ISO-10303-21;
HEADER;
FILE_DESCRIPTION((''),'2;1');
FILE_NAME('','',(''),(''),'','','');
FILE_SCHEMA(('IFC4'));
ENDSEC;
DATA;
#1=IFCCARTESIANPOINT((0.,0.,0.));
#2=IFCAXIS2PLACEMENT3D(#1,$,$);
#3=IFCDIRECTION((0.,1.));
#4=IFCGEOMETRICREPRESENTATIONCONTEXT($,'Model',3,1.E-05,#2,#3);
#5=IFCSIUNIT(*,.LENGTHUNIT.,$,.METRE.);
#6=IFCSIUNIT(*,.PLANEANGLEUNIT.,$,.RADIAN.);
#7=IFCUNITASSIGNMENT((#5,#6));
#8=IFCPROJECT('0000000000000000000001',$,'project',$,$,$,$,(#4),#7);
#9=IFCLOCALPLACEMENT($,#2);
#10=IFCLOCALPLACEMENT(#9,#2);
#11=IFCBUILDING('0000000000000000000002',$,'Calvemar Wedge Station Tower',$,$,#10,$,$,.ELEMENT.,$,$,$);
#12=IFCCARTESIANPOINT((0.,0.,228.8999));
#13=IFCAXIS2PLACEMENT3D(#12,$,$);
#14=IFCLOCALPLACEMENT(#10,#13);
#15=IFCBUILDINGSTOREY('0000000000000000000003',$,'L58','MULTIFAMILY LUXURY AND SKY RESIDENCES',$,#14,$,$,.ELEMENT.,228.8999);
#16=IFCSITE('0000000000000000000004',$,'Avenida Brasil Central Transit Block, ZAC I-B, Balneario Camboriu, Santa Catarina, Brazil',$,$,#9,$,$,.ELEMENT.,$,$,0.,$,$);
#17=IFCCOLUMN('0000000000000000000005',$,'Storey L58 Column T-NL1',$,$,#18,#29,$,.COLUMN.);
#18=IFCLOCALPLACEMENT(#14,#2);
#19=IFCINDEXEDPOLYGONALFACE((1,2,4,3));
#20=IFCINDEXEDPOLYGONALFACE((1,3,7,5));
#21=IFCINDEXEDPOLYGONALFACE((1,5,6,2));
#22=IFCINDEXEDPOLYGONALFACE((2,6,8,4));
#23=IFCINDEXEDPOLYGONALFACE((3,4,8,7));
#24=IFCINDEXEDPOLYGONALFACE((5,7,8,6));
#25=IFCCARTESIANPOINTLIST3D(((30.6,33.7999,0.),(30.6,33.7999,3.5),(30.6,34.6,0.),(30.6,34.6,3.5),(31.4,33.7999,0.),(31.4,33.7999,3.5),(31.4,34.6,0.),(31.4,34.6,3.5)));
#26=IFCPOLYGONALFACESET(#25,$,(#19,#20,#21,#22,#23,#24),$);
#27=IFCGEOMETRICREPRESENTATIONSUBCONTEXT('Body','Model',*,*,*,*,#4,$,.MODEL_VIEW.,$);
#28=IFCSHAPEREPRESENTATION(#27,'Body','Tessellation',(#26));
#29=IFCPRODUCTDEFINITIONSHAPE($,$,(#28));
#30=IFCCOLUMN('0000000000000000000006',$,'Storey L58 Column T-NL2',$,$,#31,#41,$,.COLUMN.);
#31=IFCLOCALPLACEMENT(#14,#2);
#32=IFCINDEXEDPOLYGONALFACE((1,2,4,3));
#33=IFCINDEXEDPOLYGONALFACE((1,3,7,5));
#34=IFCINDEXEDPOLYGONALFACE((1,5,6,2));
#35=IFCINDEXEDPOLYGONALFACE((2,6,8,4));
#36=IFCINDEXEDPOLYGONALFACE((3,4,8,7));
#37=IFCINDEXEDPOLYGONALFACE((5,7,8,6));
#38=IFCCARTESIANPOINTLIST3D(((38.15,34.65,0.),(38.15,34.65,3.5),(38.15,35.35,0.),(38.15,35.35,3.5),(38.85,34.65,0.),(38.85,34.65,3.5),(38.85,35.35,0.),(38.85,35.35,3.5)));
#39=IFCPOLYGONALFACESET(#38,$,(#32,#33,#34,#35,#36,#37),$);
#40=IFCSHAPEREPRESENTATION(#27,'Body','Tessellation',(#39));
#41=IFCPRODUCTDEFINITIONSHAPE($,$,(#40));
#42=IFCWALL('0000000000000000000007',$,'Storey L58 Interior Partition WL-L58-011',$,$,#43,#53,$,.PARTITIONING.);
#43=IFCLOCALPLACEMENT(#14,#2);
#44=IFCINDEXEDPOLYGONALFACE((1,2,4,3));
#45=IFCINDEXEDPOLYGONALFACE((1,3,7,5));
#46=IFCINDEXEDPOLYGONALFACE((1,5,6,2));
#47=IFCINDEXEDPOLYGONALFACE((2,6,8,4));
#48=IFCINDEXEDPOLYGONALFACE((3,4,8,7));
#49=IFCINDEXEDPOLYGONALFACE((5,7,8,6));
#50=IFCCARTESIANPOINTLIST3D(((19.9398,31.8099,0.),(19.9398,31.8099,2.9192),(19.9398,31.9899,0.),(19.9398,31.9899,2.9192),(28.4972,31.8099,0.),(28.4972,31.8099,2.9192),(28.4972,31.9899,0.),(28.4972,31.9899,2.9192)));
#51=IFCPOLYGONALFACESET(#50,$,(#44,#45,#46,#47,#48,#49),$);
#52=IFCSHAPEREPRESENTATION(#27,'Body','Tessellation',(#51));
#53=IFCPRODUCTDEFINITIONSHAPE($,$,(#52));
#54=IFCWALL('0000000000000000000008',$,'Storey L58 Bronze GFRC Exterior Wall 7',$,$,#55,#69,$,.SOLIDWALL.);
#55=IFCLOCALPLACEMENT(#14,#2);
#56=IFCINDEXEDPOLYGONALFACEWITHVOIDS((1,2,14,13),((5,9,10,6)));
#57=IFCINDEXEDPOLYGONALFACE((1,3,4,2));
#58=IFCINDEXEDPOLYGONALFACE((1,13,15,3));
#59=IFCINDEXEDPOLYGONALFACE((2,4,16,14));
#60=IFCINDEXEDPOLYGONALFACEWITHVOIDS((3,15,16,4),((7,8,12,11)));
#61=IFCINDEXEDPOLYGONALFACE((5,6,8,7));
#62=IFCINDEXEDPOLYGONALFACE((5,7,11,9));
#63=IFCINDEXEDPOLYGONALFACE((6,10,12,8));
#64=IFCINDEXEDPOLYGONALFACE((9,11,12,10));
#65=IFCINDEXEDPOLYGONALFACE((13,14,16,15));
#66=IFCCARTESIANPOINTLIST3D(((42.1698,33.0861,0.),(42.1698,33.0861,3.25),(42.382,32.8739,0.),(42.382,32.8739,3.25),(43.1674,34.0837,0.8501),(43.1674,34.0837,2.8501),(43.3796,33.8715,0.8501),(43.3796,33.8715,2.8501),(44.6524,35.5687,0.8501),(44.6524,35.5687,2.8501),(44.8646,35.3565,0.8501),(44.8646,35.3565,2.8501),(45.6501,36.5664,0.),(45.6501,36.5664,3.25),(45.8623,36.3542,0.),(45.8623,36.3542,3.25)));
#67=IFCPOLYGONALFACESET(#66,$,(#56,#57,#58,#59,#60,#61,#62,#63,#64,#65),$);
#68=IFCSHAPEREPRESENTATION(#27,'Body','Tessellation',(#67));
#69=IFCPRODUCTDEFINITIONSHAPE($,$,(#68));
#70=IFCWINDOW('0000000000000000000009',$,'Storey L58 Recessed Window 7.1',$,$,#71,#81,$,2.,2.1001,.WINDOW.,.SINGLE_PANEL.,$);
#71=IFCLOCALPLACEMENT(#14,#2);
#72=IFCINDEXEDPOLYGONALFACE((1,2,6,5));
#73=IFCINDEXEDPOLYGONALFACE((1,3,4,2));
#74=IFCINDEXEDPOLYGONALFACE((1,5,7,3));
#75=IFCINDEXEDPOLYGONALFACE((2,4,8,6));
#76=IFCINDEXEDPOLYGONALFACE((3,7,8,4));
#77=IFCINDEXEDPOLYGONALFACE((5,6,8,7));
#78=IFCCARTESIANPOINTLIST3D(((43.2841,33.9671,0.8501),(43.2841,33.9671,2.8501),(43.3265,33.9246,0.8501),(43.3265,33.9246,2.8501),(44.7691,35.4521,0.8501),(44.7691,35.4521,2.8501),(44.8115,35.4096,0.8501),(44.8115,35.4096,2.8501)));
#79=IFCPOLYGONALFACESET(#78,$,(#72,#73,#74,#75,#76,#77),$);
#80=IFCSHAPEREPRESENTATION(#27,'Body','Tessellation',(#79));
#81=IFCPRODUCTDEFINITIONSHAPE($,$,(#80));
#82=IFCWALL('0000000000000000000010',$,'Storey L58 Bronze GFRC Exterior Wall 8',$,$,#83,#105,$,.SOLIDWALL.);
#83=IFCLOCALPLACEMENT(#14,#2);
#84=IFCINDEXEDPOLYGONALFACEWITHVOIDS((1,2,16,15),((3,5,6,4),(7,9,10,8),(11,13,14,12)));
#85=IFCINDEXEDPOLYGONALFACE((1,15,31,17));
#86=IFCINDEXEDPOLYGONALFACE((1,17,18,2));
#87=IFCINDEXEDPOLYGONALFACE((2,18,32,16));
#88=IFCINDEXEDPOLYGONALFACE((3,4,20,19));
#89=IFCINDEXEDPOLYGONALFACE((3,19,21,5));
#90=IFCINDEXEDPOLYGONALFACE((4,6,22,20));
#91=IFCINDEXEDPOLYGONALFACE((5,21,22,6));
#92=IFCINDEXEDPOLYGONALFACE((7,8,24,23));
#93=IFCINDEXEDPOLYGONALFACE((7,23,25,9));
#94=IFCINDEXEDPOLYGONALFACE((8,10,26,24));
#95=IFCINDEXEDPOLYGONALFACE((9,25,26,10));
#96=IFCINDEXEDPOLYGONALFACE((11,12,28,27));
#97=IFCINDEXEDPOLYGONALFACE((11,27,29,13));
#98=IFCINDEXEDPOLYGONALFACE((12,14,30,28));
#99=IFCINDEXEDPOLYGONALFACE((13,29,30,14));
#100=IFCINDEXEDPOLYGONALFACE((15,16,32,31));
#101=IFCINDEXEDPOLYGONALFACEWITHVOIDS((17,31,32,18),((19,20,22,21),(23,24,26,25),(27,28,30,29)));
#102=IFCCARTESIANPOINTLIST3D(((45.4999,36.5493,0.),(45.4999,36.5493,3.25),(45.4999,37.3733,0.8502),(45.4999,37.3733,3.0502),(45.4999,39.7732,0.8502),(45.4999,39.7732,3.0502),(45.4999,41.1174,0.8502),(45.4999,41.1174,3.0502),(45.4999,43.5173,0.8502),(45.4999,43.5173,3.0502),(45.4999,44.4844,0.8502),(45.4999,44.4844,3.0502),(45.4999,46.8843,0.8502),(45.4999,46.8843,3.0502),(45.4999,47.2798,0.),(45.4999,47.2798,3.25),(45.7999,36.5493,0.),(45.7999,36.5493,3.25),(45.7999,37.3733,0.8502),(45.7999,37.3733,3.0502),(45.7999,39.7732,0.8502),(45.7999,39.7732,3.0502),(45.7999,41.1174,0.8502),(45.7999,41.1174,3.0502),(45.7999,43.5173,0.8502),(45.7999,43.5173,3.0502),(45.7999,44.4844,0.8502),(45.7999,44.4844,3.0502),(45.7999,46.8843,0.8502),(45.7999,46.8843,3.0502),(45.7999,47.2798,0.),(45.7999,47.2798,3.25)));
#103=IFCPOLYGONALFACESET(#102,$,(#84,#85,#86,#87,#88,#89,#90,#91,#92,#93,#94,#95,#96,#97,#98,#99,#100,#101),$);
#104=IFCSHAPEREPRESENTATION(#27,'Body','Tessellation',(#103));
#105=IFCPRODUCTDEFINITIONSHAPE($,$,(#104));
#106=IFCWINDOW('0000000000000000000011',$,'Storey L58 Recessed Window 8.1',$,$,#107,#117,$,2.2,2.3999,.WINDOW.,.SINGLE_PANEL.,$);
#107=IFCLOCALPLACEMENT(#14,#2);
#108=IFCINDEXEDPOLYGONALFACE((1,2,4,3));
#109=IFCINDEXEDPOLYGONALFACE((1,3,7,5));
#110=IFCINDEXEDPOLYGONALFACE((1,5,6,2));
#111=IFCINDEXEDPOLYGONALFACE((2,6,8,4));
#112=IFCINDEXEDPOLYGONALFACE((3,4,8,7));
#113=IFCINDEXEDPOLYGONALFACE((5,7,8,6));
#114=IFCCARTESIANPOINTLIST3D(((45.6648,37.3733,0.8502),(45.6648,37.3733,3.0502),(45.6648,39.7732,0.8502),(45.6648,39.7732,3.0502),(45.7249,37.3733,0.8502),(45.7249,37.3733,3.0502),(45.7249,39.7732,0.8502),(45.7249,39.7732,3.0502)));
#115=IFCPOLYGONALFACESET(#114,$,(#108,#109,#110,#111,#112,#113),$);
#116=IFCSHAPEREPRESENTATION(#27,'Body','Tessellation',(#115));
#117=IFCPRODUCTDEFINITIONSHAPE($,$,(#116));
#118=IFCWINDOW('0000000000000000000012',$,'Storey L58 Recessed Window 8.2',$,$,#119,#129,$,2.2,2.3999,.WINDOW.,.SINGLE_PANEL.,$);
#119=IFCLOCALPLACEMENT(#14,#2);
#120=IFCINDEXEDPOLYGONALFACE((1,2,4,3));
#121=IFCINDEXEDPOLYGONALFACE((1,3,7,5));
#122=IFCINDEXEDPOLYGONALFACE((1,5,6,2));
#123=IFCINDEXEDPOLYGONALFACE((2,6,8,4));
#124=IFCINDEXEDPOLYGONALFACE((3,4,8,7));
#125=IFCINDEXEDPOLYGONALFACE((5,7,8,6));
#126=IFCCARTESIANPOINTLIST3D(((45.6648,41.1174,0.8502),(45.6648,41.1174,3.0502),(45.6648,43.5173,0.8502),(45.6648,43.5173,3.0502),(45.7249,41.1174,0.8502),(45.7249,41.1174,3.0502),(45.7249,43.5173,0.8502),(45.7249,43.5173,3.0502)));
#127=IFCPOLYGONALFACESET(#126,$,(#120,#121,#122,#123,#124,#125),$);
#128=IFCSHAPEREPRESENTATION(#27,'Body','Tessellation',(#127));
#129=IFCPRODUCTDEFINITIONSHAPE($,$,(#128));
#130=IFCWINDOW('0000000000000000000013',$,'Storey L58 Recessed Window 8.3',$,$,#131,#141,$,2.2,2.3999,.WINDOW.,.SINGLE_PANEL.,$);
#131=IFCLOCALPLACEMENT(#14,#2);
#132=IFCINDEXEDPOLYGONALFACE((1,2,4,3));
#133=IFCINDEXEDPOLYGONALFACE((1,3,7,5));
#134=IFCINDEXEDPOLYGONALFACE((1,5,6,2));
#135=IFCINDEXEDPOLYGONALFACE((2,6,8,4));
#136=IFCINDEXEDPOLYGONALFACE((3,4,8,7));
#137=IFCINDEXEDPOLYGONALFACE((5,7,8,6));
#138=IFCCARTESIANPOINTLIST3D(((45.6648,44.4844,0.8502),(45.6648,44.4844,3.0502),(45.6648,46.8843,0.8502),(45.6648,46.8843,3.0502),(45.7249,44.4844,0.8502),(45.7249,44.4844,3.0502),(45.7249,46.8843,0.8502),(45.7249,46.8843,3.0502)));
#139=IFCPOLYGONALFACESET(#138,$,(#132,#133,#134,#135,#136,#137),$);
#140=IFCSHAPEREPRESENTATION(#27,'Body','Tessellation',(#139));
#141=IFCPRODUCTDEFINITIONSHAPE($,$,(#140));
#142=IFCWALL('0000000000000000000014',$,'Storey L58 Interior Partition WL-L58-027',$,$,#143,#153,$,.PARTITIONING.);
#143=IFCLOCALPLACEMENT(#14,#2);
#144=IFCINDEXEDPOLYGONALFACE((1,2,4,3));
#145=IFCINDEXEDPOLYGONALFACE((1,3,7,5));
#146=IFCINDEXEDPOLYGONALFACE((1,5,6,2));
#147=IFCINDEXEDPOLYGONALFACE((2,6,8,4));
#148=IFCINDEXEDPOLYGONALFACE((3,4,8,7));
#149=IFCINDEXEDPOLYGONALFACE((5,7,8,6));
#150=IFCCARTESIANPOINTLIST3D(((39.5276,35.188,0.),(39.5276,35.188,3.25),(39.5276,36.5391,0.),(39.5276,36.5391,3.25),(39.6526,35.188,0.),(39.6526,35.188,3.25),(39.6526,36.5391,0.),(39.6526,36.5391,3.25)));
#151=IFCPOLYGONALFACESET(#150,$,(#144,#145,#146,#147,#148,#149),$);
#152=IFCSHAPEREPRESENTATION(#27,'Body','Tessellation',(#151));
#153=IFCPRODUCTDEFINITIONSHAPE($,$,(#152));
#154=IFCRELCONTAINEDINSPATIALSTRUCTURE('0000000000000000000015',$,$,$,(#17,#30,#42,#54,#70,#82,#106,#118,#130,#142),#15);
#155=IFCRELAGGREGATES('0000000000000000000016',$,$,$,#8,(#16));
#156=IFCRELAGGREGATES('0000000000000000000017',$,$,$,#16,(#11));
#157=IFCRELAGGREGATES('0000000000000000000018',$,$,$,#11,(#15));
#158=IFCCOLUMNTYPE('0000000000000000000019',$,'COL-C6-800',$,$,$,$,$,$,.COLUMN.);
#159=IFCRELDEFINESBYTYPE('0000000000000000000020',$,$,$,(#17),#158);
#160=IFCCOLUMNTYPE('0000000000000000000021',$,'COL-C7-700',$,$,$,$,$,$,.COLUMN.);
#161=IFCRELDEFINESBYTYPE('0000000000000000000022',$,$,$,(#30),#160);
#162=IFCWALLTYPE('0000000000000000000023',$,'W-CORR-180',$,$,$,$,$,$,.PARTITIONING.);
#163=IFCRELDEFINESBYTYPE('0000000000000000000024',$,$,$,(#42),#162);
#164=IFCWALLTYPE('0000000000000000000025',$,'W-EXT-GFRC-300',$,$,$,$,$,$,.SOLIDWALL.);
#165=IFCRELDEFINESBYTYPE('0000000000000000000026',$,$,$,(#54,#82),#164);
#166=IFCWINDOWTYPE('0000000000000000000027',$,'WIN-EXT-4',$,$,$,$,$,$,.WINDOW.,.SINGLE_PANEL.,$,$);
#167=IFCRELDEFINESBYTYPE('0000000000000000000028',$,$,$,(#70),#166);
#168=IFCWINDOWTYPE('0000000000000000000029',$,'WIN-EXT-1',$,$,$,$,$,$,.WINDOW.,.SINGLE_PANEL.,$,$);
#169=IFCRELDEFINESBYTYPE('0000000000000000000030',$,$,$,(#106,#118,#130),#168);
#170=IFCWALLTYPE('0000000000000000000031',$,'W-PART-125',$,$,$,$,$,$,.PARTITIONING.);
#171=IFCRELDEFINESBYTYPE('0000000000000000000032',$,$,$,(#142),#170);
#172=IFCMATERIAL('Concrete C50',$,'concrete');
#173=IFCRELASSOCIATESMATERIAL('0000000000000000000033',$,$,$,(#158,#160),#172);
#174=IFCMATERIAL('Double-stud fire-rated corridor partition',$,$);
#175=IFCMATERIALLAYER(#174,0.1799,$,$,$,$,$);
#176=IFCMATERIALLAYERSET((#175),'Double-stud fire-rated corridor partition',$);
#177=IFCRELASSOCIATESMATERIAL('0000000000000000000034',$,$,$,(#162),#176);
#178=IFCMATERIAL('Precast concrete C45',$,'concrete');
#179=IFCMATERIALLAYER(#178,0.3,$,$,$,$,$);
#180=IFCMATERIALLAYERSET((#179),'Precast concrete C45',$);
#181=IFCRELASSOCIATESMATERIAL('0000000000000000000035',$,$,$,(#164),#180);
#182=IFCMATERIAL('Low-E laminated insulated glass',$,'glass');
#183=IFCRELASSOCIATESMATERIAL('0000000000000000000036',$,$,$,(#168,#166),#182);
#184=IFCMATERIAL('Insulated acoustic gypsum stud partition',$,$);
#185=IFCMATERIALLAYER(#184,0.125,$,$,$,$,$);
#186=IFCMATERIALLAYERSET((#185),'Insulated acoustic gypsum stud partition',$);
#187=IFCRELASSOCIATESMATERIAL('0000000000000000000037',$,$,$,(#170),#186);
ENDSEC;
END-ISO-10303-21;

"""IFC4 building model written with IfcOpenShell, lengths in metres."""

from ifc_helpers import new_model, si_unit, direction, frame, frame_2d, origin, origin_2d, place, context, subcontext, project, spatial, rectangle, extrude, source, transform, mapped, material, layer, layer_set, material_profile, profile_set, type_object, element, fill, save


model = new_model("IFC4")

# Units and contexts
model_context = context("Model", 3, precision=1e-05, world=origin(), true_north=direction((0.0, 1.0)))
body_context = subcontext(model_context, "Body", "Model", "MODEL_VIEW")
ifc_project = project(units=[si_unit("LENGTHUNIT", "METRE"), si_unit("PLANEANGLEUNIT", "RADIAN")], contexts=[model_context])

# Site, building, storey
site_placement = place(None, origin())
site = spatial("IfcSite", under=ifc_project, at=site_placement, Name="Avenida Brasil Central Transit Block, ZAC I-B, Balneario Camboriu, Santa Catarina, Brazil", CompositionType="ELEMENT", RefElevation=0.0)
building_placement = place(site_placement, origin())
building = spatial("IfcBuilding", under=site, at=building_placement, Name="Calvemar Wedge Station Tower", CompositionType="ELEMENT")
storey_placement = place(building_placement, frame((0.0, 0.0, 228.8999)))
storey = spatial("IfcBuildingStorey", under=building, at=storey_placement, Name="L58", Description="MULTIFAMILY LUXURY AND SKY RESIDENCES", CompositionType="ELEMENT", Elevation=228.8999)

# Columns
ifc_material_1 = material(Name="Concrete C50", Category="concrete")
ifc_material_profile_1 = material_profile(ifc_material_1, rectangle(XDim=0.8, YDim=0.8, at=origin_2d()), Name="RC800x800")
ifc_profile_set_1 = profile_set([ifc_material_profile_1], Name="Concrete C50")
column_type_1 = type_object("IfcColumnType", Name="COL-C6-800", PredefinedType="COLUMN", material=ifc_profile_set_1)
shared_shape_1 = source(origin(), body_context, "Body", "SweptSolid", [
    extrude(rectangle(XDim=0.8, YDim=0.8, at=origin_2d()), origin(), (0.0, 0.0, 1.0), 3.5),
])
column_1_placement = place(storey_placement, frame((31.0, 34.2, 0.0), z_axis=(0.0, 0.0, 1.0), x_axis=(1.0, 0.0, 0.0)))
element("IfcColumn", 1, at=column_1_placement, inside=storey, type_object=column_type_1, Name="Storey L58 Column T-NL1", PredefinedType="COLUMN", context=body_context, shape_type="MappedRepresentation", body=[
    mapped(shared_shape_1, transform((0.0, 0.0, 0.0), scale=1.0)),
])
ifc_material_profile_2 = material_profile(ifc_material_1, rectangle(XDim=0.7, YDim=0.7, at=origin_2d()), Name="RC700x700")
ifc_profile_set_2 = profile_set([ifc_material_profile_2], Name="Concrete C50")
column_type_2 = type_object("IfcColumnType", Name="COL-C7-700", PredefinedType="COLUMN", material=ifc_profile_set_2)
shared_shape_2 = source(origin(), body_context, "Body", "SweptSolid", [
    extrude(rectangle(XDim=0.7, YDim=0.7, at=origin_2d()), origin(), (0.0, 0.0, 1.0), 3.5),
])
column_2_placement = place(storey_placement, frame((38.5, 35.0, 0.0), z_axis=(0.0, 0.0, 1.0), x_axis=(1.0, 0.0, 0.0)))
element("IfcColumn", 2, at=column_2_placement, inside=storey, type_object=column_type_2, Name="Storey L58 Column T-NL2", PredefinedType="COLUMN", context=body_context, shape_type="MappedRepresentation", body=[
    mapped(shared_shape_2, transform((0.0, 0.0, 0.0), scale=1.0)),
])

# Wall
ifc_material_2 = material(Name="Double-stud fire-rated corridor partition")
ifc_layer_1 = layer(ifc_material_2, 0.1799)
ifc_layer_set_1 = layer_set([ifc_layer_1], Name="Double-stud fire-rated corridor partition")
wall_type_1 = type_object("IfcWallType", Name="W-CORR-180", PredefinedType="PARTITIONING", material=ifc_layer_set_1)
wall_1_placement = place(storey_placement, frame((28.4973, 31.8999, 0.0), z_axis=(0.0, 0.0, 1.0), x_axis=(-1.0, 0.0, 0.0)))
element("IfcWall", 3, at=wall_1_placement, inside=storey, type_object=wall_type_1, Name="Storey L58 Interior Partition WL-L58-011", PredefinedType="PARTITIONING", context=body_context, shape_type="SweptSolid", body=[
    extrude(rectangle(XDim=8.5574, YDim=0.1799, at=frame_2d((4.2788, 0.0))), origin(), (0.0, 0.0, 1.0), 2.9192),
])

# Shared definitions
ifc_material_3 = material(Name="Precast concrete C45", Category="concrete")
ifc_layer_2 = layer(ifc_material_3, 0.3)
ifc_layer_set_2 = layer_set([ifc_layer_2], Name="Precast concrete C45")
wall_type_2 = type_object("IfcWallType", Name="W-EXT-GFRC-300", PredefinedType="SOLIDWALL", material=ifc_layer_set_2)
shared_shape_3 = source(origin(), body_context, "Body", "SweptSolid", [
    extrude(rectangle(XDim=2.3999, YDim=2.2, at=frame_2d((1.2, 1.1001))), frame((0.0, 0.1602, 0.0), z_axis=(0.0, -1.0, 0.0), x_axis=(1.0, 0.0, 0.0)), (0.0, 0.0, 1.0), 0.3201),
])
ifc_material_4 = material(Name="Low-E laminated insulated glass", Category="glass")
window_type_1 = type_object("IfcWindowType", Name="WIN-EXT-1", PartitioningType="SINGLE_PANEL", PredefinedType="WINDOW", material=ifc_material_4)
shared_shape_4 = source(origin(), body_context, "Body", "SweptSolid", [
    extrude(rectangle(XDim=2.3999, YDim=2.2, at=frame_2d((1.2, 1.1001))), frame((0.0, -0.0149, 0.0), z_axis=(0.0, -1.0, 0.0), x_axis=(1.0, 0.0, 0.0)), (0.0, 0.0, 1.0), 0.0601),
])

# Wall, opening, window
wall_2_placement = place(storey_placement, frame((42.2759, 32.98, 0.0), z_axis=(0.0, 0.0, 1.0), x_axis=(0.707107, 0.707107, 0.0)))
wall_2 = element("IfcWall", 4, at=wall_2_placement, inside=storey, type_object=wall_type_2, Name="Storey L58 Bronze GFRC Exterior Wall 7", PredefinedType="SOLIDWALL", context=body_context, shape_type="SweptSolid", body=[
    extrude(rectangle(XDim=4.9219, YDim=0.3, at=frame_2d((2.4609, 0.0))), origin(), (0.0, 0.0, 1.0), 3.25),
])
shared_shape_5 = source(origin(), body_context, "Body", "SweptSolid", [
    extrude(rectangle(XDim=2.1001, YDim=2.0, at=frame_2d((1.05, 1.0))), frame((0.0, 0.1602, 0.0), z_axis=(0.0, -1.0, 0.0), x_axis=(1.0, 0.0, 0.0)), (0.0, 0.0, 1.0), 0.3201),
])
opening_1_placement = place(wall_2_placement, frame((1.4109, 0.0, 0.8501)))
opening_1 = element("IfcOpeningElement", 5, at=opening_1_placement, cuts=wall_2, PredefinedType="OPENING", context=body_context, shape_type="MappedRepresentation", body=[
    mapped(shared_shape_5, transform((0.0, 0.0, 0.0), scale=1.0)),
])
window_type_2 = type_object("IfcWindowType", Name="WIN-EXT-4", PartitioningType="SINGLE_PANEL", PredefinedType="WINDOW", material=ifc_material_4)
shared_shape_6 = source(origin(), body_context, "Body", "SweptSolid", [
    extrude(rectangle(XDim=2.1001, YDim=2.0, at=frame_2d((1.05, 1.0))), frame((0.0, -0.0149, 0.0), z_axis=(0.0, -1.0, 0.0), x_axis=(1.0, 0.0, 0.0)), (0.0, 0.0, 1.0), 0.0601),
])
window_1_placement = place(opening_1_placement, origin())
window_1 = element("IfcWindow", 6, at=window_1_placement, inside=storey, type_object=window_type_2, Name="Storey L58 Recessed Window 7.1", OverallHeight=2.0, OverallWidth=2.1001, PartitioningType="SINGLE_PANEL", PredefinedType="WINDOW", context=body_context, shape_type="MappedRepresentation", body=[
    mapped(shared_shape_6, transform((0.0, 0.0, 0.0), scale=1.0)),
])
fill(opening_1, window_1)

# Wall, openings, windows
wall_3_placement = place(storey_placement, frame((45.6499, 36.5493, 0.0), z_axis=(0.0, 0.0, 1.0), x_axis=(0.0, 1.0, 0.0)))
wall_3 = element("IfcWall", 7, at=wall_3_placement, inside=storey, type_object=wall_type_2, Name="Storey L58 Bronze GFRC Exterior Wall 8", PredefinedType="SOLIDWALL", context=body_context, shape_type="SweptSolid", body=[
    extrude(rectangle(XDim=10.7305, YDim=0.3, at=frame_2d((5.3652, 0.0))), origin(), (0.0, 0.0, 1.0), 3.25),
])
opening_2_placement = place(wall_3_placement, frame((0.824, 0.0, 0.8501)))
opening_2 = element("IfcOpeningElement", 8, at=opening_2_placement, cuts=wall_3, PredefinedType="OPENING", context=body_context, shape_type="MappedRepresentation", body=[
    mapped(shared_shape_3, transform((0.0, 0.0, 0.0), scale=1.0)),
])
opening_3_placement = place(wall_3_placement, frame((4.5681, 0.0, 0.8501)))
opening_3 = element("IfcOpeningElement", 9, at=opening_3_placement, cuts=wall_3, PredefinedType="OPENING", context=body_context, shape_type="MappedRepresentation", body=[
    mapped(shared_shape_3, transform((0.0, 0.0, 0.0), scale=1.0)),
])
opening_4_placement = place(wall_3_placement, frame((7.9351, 0.0, 0.8501)))
opening_4 = element("IfcOpeningElement", 10, at=opening_4_placement, cuts=wall_3, PredefinedType="OPENING", context=body_context, shape_type="MappedRepresentation", body=[
    mapped(shared_shape_3, transform((0.0, 0.0, 0.0), scale=1.0)),
])
window_2_placement = place(opening_2_placement, origin())
window_2 = element("IfcWindow", 11, at=window_2_placement, inside=storey, type_object=window_type_1, Name="Storey L58 Recessed Window 8.1", OverallHeight=2.2, OverallWidth=2.3999, PartitioningType="SINGLE_PANEL", PredefinedType="WINDOW", context=body_context, shape_type="MappedRepresentation", body=[
    mapped(shared_shape_4, transform((0.0, 0.0, 0.0), scale=1.0)),
])
fill(opening_2, window_2)
window_3_placement = place(opening_3_placement, origin())
window_3 = element("IfcWindow", 12, at=window_3_placement, inside=storey, type_object=window_type_1, Name="Storey L58 Recessed Window 8.2", OverallHeight=2.2, OverallWidth=2.3999, PartitioningType="SINGLE_PANEL", PredefinedType="WINDOW", context=body_context, shape_type="MappedRepresentation", body=[
    mapped(shared_shape_4, transform((0.0, 0.0, 0.0), scale=1.0)),
])
fill(opening_3, window_3)
window_4_placement = place(opening_4_placement, origin())
window_4 = element("IfcWindow", 13, at=window_4_placement, inside=storey, type_object=window_type_1, Name="Storey L58 Recessed Window 8.3", OverallHeight=2.2, OverallWidth=2.3999, PartitioningType="SINGLE_PANEL", PredefinedType="WINDOW", context=body_context, shape_type="MappedRepresentation", body=[
    mapped(shared_shape_4, transform((0.0, 0.0, 0.0), scale=1.0)),
])
fill(opening_4, window_4)

# Wall
ifc_material_5 = material(Name="Insulated acoustic gypsum stud partition")
ifc_layer_3 = layer(ifc_material_5, 0.125)
ifc_layer_set_3 = layer_set([ifc_layer_3], Name="Insulated acoustic gypsum stud partition")
wall_type_3 = type_object("IfcWallType", Name="W-PART-125", PredefinedType="PARTITIONING", material=ifc_layer_set_3)
wall_4_placement = place(storey_placement, frame((39.5901, 36.5391, 0.0), z_axis=(0.0, 0.0, 1.0), x_axis=(0.0, -1.0, 0.0)))
element("IfcWall", 14, at=wall_4_placement, inside=storey, type_object=wall_type_3, Name="Storey L58 Interior Partition WL-L58-027", PredefinedType="PARTITIONING", context=body_context, shape_type="SweptSolid", body=[
    extrude(rectangle(XDim=1.3511, YDim=0.125, at=frame_2d((0.6755, 0.0))), origin(), (0.0, 0.0, 1.0), 3.25),
])

save(model, "model.ifc")
